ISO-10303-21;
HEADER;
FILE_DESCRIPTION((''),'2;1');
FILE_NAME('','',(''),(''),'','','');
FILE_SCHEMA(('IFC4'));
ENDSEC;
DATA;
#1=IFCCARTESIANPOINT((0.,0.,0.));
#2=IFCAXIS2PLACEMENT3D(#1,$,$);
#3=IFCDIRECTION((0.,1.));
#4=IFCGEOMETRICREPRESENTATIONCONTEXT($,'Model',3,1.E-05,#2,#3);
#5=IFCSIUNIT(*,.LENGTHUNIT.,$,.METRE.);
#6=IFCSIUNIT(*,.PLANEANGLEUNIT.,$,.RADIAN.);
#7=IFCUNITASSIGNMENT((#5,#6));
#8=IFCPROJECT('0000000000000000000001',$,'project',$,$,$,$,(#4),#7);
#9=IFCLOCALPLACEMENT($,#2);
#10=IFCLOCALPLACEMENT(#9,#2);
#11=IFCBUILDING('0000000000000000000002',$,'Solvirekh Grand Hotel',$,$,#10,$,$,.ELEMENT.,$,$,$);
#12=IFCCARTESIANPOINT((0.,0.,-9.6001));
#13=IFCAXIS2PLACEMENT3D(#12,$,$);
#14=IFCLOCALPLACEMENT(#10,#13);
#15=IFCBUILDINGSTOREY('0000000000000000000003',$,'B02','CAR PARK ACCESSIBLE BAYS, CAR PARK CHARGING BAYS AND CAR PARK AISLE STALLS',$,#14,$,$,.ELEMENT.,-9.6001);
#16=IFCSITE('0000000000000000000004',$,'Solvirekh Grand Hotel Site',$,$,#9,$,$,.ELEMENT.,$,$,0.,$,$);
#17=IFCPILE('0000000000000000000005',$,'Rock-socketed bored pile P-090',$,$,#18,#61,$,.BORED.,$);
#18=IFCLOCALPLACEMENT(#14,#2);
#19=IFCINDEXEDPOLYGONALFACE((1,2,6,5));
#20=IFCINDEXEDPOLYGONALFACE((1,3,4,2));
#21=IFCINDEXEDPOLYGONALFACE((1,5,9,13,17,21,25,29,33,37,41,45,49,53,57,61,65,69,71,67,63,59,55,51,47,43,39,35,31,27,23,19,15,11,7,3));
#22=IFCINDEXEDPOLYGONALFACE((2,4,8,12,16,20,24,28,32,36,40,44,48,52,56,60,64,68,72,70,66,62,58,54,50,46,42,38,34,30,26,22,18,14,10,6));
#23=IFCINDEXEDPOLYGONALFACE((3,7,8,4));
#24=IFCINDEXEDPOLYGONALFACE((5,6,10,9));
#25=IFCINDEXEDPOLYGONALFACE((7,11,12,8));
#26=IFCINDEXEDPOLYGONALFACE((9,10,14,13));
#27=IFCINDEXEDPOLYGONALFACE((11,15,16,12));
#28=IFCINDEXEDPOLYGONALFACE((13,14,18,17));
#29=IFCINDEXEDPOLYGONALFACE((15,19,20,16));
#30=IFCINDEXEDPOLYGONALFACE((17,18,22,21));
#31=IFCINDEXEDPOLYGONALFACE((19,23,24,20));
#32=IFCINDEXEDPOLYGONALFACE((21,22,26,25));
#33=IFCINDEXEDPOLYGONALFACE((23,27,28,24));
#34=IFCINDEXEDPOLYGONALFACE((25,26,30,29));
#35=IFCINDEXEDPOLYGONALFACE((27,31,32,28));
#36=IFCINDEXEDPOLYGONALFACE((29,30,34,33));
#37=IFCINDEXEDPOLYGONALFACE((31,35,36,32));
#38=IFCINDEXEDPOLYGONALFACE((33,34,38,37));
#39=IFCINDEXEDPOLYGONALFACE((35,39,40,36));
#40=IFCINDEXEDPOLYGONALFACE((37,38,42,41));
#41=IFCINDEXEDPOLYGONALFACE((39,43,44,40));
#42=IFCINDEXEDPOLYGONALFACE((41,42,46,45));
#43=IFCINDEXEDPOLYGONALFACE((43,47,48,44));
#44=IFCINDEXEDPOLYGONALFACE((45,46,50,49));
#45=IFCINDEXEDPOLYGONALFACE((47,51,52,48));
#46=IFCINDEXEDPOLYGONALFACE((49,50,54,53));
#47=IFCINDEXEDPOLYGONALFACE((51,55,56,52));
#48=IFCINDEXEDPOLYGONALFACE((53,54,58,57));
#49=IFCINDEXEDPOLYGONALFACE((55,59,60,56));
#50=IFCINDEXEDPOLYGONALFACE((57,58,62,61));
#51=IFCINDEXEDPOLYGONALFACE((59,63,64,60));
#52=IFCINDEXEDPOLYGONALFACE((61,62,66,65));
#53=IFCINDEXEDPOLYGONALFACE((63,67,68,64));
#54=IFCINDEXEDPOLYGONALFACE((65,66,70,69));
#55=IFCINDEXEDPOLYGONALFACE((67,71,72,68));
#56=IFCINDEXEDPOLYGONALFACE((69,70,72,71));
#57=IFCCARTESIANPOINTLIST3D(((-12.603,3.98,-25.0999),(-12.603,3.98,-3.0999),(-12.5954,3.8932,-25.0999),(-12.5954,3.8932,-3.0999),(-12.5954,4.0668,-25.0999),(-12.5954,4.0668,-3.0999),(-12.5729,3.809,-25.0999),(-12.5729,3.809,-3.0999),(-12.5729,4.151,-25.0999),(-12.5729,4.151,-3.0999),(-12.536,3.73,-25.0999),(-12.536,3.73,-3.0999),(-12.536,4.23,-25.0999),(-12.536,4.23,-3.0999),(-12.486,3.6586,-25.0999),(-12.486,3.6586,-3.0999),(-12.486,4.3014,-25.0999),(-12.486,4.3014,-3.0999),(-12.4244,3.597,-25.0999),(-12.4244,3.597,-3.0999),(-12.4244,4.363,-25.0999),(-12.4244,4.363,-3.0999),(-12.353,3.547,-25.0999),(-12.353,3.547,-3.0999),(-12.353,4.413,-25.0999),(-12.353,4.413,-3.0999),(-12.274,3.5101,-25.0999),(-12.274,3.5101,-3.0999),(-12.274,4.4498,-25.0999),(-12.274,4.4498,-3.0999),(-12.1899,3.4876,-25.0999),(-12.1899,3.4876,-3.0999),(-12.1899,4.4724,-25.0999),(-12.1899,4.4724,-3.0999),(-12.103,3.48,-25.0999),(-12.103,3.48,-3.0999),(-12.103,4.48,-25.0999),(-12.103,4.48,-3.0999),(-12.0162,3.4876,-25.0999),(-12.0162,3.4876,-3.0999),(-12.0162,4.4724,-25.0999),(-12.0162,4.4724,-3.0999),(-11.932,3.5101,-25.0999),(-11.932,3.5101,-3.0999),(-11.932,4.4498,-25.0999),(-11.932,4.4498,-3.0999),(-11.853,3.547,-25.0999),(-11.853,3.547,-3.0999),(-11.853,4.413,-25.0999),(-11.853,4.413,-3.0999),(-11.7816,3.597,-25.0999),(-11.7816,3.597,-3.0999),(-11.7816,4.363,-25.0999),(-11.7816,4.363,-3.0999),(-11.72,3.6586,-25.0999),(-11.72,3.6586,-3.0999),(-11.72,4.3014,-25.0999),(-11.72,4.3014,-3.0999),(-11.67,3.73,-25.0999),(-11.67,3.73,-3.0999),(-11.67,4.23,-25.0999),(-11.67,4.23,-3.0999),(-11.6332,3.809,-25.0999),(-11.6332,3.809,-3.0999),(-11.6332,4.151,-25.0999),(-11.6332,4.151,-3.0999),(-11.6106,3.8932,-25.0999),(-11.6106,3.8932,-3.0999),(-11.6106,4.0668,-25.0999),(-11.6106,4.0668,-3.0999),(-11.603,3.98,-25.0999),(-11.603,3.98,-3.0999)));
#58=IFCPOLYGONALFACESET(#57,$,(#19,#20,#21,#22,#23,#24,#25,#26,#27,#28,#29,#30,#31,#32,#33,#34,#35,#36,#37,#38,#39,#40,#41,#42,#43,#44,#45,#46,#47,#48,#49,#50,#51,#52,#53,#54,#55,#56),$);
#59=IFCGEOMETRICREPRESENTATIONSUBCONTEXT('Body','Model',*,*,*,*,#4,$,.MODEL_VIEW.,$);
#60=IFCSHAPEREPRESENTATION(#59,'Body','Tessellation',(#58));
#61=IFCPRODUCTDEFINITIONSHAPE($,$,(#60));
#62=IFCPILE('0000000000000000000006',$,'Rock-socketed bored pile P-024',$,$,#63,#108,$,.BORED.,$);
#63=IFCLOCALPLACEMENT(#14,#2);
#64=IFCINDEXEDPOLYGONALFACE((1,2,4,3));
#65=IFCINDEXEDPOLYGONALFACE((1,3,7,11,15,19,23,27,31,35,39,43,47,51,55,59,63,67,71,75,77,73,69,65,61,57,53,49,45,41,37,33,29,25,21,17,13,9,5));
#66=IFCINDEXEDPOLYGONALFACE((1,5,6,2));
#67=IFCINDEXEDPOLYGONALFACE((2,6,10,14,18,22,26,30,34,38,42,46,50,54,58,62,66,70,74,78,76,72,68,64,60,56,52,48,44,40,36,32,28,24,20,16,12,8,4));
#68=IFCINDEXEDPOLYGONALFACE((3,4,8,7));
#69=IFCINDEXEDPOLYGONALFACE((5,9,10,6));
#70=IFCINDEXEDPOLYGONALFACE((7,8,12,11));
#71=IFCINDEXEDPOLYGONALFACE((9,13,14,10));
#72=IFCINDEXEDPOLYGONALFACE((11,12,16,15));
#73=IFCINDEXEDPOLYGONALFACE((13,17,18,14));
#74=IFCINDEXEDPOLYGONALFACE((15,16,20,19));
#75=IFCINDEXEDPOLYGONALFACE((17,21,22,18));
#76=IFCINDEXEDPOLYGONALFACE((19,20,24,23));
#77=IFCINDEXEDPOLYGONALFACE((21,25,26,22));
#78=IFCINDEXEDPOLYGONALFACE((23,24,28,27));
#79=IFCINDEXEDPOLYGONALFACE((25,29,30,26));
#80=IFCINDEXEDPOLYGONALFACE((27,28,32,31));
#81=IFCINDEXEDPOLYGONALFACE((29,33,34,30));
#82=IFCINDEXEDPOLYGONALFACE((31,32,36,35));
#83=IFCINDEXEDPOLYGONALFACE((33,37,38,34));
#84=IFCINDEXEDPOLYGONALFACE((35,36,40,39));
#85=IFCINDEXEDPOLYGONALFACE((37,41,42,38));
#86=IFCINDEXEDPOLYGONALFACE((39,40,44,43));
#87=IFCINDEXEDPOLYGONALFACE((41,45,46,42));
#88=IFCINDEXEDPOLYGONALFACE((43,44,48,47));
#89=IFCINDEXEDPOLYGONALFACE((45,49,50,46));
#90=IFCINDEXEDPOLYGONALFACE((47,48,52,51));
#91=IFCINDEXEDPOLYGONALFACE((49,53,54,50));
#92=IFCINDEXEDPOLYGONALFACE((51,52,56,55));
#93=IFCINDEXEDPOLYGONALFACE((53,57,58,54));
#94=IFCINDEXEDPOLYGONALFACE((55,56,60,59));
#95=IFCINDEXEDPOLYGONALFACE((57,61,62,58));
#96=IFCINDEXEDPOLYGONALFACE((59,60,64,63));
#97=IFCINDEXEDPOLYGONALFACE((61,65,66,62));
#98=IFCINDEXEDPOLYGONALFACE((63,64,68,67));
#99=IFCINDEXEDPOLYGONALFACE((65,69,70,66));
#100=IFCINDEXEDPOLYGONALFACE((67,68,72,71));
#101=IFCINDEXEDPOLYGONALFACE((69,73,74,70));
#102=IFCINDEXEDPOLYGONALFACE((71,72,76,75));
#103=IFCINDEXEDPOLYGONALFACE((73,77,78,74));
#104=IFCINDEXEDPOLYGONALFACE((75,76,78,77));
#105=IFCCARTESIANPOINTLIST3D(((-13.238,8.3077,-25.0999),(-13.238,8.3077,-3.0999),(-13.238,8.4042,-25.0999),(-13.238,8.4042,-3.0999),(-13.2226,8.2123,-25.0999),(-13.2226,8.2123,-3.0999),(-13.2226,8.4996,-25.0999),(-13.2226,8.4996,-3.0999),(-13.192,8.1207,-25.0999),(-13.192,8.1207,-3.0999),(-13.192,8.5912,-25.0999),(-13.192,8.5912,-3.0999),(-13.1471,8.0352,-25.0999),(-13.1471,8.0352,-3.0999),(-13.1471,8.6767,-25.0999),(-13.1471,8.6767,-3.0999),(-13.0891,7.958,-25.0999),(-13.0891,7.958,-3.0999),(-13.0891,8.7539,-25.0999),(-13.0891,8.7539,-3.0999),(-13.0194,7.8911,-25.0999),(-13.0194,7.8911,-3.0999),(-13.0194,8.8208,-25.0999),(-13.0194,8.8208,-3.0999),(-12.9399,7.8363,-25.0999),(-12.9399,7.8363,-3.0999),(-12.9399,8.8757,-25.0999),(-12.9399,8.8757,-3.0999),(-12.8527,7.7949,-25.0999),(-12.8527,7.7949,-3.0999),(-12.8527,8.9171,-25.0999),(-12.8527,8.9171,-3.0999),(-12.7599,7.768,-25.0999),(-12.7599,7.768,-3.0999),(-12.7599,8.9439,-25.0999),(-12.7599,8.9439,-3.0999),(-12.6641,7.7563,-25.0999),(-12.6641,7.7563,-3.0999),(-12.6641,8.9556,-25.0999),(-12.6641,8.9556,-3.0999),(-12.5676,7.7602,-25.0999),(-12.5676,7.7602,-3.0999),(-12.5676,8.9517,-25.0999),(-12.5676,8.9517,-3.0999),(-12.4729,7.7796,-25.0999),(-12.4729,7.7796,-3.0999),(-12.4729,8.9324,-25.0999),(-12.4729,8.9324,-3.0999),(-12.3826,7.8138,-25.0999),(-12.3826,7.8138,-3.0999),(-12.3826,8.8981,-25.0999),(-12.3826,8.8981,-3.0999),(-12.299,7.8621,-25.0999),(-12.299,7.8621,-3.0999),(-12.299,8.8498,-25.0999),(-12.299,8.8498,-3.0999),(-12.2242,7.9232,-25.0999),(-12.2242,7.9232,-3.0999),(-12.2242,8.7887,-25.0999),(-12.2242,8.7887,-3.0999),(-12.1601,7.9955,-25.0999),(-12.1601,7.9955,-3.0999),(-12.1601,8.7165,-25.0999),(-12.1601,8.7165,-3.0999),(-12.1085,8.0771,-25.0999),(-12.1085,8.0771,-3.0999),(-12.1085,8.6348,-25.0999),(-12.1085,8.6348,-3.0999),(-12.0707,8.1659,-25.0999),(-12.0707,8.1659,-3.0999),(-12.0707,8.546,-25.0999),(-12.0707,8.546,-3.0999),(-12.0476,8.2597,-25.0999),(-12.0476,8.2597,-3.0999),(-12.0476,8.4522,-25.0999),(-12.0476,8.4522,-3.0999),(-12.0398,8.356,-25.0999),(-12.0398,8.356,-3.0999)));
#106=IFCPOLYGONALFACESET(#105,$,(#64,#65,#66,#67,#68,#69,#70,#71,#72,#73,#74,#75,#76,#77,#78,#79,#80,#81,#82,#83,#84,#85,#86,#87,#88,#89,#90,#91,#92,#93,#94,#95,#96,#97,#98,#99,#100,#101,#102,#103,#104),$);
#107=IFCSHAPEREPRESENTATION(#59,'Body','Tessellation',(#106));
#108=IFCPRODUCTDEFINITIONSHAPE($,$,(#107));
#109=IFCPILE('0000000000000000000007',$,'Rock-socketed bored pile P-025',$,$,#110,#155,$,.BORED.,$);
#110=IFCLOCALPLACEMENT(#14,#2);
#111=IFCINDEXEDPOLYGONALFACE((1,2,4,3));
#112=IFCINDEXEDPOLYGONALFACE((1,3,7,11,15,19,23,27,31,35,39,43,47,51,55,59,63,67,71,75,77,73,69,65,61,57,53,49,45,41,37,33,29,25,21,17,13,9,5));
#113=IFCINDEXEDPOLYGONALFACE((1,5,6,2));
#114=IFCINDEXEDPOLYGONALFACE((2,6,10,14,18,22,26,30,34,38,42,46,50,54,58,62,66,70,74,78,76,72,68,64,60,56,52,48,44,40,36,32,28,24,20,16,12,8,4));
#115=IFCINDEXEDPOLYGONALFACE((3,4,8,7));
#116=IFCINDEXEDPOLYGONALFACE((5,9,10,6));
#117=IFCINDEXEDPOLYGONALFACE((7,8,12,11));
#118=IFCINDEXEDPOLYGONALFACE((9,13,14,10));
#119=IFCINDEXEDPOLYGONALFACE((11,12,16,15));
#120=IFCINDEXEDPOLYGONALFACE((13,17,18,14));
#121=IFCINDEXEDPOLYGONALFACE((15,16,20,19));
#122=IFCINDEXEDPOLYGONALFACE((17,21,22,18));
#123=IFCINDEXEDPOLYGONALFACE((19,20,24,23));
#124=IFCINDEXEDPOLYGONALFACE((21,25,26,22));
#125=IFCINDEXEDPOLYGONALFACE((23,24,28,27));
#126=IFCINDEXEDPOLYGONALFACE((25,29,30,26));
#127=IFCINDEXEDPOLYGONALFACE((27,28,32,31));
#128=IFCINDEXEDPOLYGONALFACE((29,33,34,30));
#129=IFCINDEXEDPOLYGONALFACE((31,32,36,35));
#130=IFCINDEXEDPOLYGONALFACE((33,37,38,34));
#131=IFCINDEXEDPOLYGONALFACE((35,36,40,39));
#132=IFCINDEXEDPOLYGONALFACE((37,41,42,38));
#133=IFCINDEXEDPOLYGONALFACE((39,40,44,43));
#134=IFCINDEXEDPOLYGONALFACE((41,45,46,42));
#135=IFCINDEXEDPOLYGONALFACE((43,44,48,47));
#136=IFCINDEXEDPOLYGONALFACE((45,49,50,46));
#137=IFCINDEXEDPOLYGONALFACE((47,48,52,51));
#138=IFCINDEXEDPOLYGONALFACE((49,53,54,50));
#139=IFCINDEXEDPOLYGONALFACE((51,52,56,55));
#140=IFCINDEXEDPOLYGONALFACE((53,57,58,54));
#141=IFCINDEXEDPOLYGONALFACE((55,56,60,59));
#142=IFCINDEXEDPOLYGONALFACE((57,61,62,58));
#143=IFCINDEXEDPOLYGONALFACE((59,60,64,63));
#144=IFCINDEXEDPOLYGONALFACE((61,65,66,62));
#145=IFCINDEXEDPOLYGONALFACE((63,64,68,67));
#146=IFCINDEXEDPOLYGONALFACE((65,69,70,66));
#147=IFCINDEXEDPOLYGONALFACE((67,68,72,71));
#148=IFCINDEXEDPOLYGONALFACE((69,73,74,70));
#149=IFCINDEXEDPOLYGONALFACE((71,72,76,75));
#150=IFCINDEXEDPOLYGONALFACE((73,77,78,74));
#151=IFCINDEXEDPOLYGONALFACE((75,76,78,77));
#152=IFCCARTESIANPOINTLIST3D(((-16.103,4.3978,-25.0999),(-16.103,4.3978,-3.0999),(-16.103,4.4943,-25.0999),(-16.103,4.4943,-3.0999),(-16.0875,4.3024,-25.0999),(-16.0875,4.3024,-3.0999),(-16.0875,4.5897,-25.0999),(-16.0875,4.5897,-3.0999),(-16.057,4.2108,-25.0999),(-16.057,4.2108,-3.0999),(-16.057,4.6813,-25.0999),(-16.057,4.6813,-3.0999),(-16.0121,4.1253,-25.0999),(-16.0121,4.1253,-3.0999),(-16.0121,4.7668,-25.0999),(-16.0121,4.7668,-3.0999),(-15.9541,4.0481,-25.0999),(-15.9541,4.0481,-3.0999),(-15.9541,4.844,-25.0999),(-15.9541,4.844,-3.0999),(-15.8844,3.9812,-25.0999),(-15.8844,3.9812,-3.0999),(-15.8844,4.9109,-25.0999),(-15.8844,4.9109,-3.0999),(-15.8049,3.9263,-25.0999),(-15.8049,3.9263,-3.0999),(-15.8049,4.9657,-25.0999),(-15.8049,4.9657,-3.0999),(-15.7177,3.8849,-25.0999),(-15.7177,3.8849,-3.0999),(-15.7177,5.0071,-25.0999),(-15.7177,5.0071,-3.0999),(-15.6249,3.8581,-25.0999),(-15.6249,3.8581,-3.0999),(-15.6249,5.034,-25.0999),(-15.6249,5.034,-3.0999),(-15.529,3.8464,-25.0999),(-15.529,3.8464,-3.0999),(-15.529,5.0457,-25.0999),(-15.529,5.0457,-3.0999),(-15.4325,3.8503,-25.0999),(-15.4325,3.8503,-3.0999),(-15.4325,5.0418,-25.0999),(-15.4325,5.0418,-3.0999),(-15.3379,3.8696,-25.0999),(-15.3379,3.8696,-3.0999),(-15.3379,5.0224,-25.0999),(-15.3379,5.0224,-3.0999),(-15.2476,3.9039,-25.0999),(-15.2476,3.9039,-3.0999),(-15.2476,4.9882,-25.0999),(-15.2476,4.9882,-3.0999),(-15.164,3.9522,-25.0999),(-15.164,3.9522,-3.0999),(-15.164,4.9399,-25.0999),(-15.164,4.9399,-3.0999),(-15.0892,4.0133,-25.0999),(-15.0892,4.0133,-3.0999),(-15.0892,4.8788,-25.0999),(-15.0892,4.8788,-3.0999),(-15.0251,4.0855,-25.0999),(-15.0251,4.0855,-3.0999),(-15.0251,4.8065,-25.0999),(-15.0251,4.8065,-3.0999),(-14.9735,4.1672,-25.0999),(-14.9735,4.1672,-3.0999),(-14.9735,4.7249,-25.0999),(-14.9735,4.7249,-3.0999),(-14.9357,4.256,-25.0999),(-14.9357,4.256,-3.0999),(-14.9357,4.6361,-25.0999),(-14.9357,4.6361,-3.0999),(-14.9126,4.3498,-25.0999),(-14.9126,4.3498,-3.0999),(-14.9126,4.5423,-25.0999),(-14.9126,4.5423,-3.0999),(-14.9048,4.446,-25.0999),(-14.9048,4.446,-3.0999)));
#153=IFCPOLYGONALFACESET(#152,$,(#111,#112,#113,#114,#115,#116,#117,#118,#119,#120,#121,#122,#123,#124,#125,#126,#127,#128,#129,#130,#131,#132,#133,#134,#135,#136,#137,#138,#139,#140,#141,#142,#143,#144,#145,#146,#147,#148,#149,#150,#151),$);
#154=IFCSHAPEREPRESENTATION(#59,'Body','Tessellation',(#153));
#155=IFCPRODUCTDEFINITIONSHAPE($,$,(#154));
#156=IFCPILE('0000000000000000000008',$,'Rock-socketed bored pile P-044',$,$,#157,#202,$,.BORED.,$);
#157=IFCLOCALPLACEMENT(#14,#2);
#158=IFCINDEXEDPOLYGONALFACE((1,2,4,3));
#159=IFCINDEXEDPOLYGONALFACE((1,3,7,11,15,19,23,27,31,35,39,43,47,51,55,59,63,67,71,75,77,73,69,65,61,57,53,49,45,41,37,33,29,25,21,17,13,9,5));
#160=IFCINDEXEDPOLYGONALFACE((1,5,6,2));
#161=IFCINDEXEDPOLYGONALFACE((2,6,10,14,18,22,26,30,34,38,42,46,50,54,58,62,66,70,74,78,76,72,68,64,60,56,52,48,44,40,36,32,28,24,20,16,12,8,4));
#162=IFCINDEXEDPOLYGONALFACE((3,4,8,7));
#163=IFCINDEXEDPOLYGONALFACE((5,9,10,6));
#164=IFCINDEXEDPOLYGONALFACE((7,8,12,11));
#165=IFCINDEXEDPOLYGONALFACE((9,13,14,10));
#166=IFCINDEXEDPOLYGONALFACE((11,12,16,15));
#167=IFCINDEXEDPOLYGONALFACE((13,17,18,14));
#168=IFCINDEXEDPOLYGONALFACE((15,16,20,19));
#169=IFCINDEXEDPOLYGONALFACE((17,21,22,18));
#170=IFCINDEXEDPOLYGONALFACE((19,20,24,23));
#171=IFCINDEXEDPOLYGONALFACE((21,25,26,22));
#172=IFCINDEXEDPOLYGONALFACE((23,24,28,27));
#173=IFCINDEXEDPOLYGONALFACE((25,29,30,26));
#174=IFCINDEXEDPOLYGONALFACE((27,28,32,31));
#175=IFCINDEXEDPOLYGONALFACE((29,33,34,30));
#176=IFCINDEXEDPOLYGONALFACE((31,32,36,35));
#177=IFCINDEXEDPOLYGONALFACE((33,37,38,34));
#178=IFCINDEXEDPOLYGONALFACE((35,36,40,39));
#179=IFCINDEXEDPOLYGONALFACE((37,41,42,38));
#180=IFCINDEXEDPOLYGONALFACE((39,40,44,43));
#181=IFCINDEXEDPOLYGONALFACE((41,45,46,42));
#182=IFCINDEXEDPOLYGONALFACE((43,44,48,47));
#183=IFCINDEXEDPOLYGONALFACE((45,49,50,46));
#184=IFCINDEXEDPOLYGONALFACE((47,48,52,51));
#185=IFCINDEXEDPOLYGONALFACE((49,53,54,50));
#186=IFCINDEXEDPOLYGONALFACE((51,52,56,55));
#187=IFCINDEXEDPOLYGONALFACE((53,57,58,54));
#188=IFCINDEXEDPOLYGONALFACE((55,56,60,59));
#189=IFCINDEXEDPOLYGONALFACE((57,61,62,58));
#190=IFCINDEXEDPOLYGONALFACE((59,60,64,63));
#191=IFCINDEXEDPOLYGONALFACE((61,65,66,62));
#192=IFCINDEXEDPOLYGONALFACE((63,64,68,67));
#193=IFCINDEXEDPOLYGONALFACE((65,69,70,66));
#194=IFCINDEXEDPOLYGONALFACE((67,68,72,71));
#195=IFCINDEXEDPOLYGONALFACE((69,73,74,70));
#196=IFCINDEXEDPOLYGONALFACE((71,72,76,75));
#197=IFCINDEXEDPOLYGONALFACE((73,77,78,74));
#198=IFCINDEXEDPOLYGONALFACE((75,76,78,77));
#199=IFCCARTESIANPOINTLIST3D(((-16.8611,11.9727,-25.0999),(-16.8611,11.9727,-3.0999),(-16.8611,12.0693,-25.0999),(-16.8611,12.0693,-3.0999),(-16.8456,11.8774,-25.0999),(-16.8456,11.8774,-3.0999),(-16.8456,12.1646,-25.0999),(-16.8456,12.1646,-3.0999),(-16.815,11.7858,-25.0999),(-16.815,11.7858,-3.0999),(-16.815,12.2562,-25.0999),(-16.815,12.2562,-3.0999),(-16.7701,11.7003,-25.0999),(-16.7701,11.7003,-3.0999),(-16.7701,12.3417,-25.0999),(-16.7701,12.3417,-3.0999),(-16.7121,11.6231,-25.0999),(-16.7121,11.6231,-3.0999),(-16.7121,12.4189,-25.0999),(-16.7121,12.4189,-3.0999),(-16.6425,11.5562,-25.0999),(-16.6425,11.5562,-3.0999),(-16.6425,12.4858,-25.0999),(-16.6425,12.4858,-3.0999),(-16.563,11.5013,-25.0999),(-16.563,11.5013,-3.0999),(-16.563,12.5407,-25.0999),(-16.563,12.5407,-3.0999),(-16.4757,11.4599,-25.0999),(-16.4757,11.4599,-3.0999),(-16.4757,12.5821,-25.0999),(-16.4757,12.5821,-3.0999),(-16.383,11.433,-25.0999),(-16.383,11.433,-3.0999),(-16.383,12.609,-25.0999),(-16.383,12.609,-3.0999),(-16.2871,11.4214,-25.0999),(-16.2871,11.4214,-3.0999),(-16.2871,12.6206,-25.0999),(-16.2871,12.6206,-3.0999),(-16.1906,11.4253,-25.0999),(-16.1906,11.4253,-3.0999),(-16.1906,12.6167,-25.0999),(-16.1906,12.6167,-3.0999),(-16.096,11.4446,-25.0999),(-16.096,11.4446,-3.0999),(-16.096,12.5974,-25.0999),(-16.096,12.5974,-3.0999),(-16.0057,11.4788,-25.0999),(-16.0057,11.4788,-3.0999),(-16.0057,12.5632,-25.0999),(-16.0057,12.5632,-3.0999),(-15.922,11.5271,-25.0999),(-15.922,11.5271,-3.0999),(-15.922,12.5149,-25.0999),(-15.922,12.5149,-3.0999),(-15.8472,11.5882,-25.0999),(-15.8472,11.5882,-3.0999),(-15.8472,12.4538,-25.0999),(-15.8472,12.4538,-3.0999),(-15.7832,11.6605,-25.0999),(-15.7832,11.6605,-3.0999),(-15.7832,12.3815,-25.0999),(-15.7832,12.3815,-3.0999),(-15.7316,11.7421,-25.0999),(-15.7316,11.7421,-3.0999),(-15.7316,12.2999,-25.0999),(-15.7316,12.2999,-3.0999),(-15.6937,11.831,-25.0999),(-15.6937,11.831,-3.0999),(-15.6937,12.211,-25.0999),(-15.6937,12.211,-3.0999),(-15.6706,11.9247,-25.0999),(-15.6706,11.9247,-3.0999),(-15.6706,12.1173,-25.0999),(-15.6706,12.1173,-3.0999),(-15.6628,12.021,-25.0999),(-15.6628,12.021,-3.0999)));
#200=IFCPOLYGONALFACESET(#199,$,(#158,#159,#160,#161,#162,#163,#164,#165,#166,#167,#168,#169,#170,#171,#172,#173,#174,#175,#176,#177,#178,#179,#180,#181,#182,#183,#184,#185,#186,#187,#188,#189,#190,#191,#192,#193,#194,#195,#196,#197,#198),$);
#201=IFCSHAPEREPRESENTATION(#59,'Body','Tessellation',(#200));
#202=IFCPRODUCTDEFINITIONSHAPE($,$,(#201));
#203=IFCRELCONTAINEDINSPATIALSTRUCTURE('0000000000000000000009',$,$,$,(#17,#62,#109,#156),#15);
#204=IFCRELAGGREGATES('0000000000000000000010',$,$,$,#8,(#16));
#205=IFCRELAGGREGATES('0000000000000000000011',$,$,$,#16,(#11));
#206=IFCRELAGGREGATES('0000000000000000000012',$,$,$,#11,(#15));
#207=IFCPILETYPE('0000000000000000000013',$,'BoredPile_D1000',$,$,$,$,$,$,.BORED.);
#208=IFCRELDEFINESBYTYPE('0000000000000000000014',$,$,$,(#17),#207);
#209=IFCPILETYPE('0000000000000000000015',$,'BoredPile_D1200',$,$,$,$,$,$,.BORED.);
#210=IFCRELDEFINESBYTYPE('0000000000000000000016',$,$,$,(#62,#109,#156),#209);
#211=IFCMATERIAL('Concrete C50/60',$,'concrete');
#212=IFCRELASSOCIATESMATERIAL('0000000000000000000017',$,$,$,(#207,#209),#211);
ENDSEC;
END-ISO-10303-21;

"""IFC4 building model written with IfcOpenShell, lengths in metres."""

from ifc_helpers import new_model, si_unit, direction, frame, origin, origin_2d, place, context, subcontext, project, spatial, circle, extrude, material, material_profile, profile_set, type_object, element, save


model = new_model("IFC4")

# Units and contexts
model_context = context("Model", 3, precision=1e-05, world=origin(), true_north=direction((0.0, 1.0)))
body_context = subcontext(model_context, "Body", "Model", "MODEL_VIEW")
ifc_project = project(units=[si_unit("LENGTHUNIT", "METRE"), si_unit("PLANEANGLEUNIT", "RADIAN")], contexts=[model_context])

# Site, building, storey
site_placement = place(None, origin())
site = spatial("IfcSite", under=ifc_project, at=site_placement, Name="Solvirekh Grand Hotel Site", CompositionType="ELEMENT", RefElevation=0.0)
building_placement = place(site_placement, origin())
building = spatial("IfcBuilding", under=site, at=building_placement, Name="Solvirekh Grand Hotel", CompositionType="ELEMENT")
storey_placement = place(building_placement, frame((0.0, 0.0, -9.6001)))
storey = spatial("IfcBuildingStorey", under=building, at=storey_placement, Name="B02", Description="CAR PARK ACCESSIBLE BAYS, CAR PARK CHARGING BAYS AND CAR PARK AISLE STALLS", CompositionType="ELEMENT", Elevation=-9.6001)

# Piles
ifc_material_1 = material(Name="Concrete C50/60", Category="concrete")
ifc_material_profile_1 = material_profile(ifc_material_1, circle(Radius=0.5, at=origin_2d()), Name="BORED PILE D1000")
ifc_profile_set_1 = profile_set([ifc_material_profile_1], Name="Concrete C50/60")
pile_type_1 = type_object("IfcPileType", Name="BoredPile_D1000", PredefinedType="BORED", material=ifc_profile_set_1)
for number, where, z_axis, x_axis, name in (
    (1, (-12.103, 3.98, -3.0999), (0.0, 0.0, -1.0), (1.0, 0.0, 0.0), "Rock-socketed bored pile P-090"),
):
    element("IfcPile", number, at=place(storey_placement, frame(where, z_axis=z_axis, x_axis=x_axis)), inside=storey, type_object=pile_type_1, Name=name, PredefinedType="BORED", context=body_context, shape_type="SweptSolid", body=[
        extrude(circle(Radius=0.5, at=origin_2d()), origin(), (0.0, 0.0, 1.0), 22.0),
    ])
ifc_material_profile_2 = material_profile(ifc_material_1, circle(Radius=0.6001, at=origin_2d()), Name="BORED PILE D1200")
ifc_profile_set_2 = profile_set([ifc_material_profile_2], Name="Concrete C50/60")
pile_type_2 = type_object("IfcPileType", Name="BoredPile_D1200", PredefinedType="BORED", material=ifc_profile_set_2)
for number, where, z_axis, x_axis, name in (
    (2, (-12.6399, 8.356, -3.0999), (0.0, 0.0, -1.0), (1.0, 0.0, 0.0), "Rock-socketed bored pile P-024"),
    (3, (-15.5049, 4.446, -3.0999), (0.0, 0.0, -1.0), (1.0, 0.0, 0.0), "Rock-socketed bored pile P-025"),
    (4, (-16.2629, 12.021, -3.0999), (0.0, 0.0, -1.0), (1.0, 0.0, 0.0), "Rock-socketed bored pile P-044"),
):
    element("IfcPile", number, at=place(storey_placement, frame(where, z_axis=z_axis, x_axis=x_axis)), inside=storey, type_object=pile_type_2, Name=name, PredefinedType="BORED", context=body_context, shape_type="SweptSolid", body=[
        extrude(circle(Radius=0.6001, at=origin_2d()), origin(), (0.0, 0.0, 1.0), 22.0),
    ])

save(model, "model.ifc")
